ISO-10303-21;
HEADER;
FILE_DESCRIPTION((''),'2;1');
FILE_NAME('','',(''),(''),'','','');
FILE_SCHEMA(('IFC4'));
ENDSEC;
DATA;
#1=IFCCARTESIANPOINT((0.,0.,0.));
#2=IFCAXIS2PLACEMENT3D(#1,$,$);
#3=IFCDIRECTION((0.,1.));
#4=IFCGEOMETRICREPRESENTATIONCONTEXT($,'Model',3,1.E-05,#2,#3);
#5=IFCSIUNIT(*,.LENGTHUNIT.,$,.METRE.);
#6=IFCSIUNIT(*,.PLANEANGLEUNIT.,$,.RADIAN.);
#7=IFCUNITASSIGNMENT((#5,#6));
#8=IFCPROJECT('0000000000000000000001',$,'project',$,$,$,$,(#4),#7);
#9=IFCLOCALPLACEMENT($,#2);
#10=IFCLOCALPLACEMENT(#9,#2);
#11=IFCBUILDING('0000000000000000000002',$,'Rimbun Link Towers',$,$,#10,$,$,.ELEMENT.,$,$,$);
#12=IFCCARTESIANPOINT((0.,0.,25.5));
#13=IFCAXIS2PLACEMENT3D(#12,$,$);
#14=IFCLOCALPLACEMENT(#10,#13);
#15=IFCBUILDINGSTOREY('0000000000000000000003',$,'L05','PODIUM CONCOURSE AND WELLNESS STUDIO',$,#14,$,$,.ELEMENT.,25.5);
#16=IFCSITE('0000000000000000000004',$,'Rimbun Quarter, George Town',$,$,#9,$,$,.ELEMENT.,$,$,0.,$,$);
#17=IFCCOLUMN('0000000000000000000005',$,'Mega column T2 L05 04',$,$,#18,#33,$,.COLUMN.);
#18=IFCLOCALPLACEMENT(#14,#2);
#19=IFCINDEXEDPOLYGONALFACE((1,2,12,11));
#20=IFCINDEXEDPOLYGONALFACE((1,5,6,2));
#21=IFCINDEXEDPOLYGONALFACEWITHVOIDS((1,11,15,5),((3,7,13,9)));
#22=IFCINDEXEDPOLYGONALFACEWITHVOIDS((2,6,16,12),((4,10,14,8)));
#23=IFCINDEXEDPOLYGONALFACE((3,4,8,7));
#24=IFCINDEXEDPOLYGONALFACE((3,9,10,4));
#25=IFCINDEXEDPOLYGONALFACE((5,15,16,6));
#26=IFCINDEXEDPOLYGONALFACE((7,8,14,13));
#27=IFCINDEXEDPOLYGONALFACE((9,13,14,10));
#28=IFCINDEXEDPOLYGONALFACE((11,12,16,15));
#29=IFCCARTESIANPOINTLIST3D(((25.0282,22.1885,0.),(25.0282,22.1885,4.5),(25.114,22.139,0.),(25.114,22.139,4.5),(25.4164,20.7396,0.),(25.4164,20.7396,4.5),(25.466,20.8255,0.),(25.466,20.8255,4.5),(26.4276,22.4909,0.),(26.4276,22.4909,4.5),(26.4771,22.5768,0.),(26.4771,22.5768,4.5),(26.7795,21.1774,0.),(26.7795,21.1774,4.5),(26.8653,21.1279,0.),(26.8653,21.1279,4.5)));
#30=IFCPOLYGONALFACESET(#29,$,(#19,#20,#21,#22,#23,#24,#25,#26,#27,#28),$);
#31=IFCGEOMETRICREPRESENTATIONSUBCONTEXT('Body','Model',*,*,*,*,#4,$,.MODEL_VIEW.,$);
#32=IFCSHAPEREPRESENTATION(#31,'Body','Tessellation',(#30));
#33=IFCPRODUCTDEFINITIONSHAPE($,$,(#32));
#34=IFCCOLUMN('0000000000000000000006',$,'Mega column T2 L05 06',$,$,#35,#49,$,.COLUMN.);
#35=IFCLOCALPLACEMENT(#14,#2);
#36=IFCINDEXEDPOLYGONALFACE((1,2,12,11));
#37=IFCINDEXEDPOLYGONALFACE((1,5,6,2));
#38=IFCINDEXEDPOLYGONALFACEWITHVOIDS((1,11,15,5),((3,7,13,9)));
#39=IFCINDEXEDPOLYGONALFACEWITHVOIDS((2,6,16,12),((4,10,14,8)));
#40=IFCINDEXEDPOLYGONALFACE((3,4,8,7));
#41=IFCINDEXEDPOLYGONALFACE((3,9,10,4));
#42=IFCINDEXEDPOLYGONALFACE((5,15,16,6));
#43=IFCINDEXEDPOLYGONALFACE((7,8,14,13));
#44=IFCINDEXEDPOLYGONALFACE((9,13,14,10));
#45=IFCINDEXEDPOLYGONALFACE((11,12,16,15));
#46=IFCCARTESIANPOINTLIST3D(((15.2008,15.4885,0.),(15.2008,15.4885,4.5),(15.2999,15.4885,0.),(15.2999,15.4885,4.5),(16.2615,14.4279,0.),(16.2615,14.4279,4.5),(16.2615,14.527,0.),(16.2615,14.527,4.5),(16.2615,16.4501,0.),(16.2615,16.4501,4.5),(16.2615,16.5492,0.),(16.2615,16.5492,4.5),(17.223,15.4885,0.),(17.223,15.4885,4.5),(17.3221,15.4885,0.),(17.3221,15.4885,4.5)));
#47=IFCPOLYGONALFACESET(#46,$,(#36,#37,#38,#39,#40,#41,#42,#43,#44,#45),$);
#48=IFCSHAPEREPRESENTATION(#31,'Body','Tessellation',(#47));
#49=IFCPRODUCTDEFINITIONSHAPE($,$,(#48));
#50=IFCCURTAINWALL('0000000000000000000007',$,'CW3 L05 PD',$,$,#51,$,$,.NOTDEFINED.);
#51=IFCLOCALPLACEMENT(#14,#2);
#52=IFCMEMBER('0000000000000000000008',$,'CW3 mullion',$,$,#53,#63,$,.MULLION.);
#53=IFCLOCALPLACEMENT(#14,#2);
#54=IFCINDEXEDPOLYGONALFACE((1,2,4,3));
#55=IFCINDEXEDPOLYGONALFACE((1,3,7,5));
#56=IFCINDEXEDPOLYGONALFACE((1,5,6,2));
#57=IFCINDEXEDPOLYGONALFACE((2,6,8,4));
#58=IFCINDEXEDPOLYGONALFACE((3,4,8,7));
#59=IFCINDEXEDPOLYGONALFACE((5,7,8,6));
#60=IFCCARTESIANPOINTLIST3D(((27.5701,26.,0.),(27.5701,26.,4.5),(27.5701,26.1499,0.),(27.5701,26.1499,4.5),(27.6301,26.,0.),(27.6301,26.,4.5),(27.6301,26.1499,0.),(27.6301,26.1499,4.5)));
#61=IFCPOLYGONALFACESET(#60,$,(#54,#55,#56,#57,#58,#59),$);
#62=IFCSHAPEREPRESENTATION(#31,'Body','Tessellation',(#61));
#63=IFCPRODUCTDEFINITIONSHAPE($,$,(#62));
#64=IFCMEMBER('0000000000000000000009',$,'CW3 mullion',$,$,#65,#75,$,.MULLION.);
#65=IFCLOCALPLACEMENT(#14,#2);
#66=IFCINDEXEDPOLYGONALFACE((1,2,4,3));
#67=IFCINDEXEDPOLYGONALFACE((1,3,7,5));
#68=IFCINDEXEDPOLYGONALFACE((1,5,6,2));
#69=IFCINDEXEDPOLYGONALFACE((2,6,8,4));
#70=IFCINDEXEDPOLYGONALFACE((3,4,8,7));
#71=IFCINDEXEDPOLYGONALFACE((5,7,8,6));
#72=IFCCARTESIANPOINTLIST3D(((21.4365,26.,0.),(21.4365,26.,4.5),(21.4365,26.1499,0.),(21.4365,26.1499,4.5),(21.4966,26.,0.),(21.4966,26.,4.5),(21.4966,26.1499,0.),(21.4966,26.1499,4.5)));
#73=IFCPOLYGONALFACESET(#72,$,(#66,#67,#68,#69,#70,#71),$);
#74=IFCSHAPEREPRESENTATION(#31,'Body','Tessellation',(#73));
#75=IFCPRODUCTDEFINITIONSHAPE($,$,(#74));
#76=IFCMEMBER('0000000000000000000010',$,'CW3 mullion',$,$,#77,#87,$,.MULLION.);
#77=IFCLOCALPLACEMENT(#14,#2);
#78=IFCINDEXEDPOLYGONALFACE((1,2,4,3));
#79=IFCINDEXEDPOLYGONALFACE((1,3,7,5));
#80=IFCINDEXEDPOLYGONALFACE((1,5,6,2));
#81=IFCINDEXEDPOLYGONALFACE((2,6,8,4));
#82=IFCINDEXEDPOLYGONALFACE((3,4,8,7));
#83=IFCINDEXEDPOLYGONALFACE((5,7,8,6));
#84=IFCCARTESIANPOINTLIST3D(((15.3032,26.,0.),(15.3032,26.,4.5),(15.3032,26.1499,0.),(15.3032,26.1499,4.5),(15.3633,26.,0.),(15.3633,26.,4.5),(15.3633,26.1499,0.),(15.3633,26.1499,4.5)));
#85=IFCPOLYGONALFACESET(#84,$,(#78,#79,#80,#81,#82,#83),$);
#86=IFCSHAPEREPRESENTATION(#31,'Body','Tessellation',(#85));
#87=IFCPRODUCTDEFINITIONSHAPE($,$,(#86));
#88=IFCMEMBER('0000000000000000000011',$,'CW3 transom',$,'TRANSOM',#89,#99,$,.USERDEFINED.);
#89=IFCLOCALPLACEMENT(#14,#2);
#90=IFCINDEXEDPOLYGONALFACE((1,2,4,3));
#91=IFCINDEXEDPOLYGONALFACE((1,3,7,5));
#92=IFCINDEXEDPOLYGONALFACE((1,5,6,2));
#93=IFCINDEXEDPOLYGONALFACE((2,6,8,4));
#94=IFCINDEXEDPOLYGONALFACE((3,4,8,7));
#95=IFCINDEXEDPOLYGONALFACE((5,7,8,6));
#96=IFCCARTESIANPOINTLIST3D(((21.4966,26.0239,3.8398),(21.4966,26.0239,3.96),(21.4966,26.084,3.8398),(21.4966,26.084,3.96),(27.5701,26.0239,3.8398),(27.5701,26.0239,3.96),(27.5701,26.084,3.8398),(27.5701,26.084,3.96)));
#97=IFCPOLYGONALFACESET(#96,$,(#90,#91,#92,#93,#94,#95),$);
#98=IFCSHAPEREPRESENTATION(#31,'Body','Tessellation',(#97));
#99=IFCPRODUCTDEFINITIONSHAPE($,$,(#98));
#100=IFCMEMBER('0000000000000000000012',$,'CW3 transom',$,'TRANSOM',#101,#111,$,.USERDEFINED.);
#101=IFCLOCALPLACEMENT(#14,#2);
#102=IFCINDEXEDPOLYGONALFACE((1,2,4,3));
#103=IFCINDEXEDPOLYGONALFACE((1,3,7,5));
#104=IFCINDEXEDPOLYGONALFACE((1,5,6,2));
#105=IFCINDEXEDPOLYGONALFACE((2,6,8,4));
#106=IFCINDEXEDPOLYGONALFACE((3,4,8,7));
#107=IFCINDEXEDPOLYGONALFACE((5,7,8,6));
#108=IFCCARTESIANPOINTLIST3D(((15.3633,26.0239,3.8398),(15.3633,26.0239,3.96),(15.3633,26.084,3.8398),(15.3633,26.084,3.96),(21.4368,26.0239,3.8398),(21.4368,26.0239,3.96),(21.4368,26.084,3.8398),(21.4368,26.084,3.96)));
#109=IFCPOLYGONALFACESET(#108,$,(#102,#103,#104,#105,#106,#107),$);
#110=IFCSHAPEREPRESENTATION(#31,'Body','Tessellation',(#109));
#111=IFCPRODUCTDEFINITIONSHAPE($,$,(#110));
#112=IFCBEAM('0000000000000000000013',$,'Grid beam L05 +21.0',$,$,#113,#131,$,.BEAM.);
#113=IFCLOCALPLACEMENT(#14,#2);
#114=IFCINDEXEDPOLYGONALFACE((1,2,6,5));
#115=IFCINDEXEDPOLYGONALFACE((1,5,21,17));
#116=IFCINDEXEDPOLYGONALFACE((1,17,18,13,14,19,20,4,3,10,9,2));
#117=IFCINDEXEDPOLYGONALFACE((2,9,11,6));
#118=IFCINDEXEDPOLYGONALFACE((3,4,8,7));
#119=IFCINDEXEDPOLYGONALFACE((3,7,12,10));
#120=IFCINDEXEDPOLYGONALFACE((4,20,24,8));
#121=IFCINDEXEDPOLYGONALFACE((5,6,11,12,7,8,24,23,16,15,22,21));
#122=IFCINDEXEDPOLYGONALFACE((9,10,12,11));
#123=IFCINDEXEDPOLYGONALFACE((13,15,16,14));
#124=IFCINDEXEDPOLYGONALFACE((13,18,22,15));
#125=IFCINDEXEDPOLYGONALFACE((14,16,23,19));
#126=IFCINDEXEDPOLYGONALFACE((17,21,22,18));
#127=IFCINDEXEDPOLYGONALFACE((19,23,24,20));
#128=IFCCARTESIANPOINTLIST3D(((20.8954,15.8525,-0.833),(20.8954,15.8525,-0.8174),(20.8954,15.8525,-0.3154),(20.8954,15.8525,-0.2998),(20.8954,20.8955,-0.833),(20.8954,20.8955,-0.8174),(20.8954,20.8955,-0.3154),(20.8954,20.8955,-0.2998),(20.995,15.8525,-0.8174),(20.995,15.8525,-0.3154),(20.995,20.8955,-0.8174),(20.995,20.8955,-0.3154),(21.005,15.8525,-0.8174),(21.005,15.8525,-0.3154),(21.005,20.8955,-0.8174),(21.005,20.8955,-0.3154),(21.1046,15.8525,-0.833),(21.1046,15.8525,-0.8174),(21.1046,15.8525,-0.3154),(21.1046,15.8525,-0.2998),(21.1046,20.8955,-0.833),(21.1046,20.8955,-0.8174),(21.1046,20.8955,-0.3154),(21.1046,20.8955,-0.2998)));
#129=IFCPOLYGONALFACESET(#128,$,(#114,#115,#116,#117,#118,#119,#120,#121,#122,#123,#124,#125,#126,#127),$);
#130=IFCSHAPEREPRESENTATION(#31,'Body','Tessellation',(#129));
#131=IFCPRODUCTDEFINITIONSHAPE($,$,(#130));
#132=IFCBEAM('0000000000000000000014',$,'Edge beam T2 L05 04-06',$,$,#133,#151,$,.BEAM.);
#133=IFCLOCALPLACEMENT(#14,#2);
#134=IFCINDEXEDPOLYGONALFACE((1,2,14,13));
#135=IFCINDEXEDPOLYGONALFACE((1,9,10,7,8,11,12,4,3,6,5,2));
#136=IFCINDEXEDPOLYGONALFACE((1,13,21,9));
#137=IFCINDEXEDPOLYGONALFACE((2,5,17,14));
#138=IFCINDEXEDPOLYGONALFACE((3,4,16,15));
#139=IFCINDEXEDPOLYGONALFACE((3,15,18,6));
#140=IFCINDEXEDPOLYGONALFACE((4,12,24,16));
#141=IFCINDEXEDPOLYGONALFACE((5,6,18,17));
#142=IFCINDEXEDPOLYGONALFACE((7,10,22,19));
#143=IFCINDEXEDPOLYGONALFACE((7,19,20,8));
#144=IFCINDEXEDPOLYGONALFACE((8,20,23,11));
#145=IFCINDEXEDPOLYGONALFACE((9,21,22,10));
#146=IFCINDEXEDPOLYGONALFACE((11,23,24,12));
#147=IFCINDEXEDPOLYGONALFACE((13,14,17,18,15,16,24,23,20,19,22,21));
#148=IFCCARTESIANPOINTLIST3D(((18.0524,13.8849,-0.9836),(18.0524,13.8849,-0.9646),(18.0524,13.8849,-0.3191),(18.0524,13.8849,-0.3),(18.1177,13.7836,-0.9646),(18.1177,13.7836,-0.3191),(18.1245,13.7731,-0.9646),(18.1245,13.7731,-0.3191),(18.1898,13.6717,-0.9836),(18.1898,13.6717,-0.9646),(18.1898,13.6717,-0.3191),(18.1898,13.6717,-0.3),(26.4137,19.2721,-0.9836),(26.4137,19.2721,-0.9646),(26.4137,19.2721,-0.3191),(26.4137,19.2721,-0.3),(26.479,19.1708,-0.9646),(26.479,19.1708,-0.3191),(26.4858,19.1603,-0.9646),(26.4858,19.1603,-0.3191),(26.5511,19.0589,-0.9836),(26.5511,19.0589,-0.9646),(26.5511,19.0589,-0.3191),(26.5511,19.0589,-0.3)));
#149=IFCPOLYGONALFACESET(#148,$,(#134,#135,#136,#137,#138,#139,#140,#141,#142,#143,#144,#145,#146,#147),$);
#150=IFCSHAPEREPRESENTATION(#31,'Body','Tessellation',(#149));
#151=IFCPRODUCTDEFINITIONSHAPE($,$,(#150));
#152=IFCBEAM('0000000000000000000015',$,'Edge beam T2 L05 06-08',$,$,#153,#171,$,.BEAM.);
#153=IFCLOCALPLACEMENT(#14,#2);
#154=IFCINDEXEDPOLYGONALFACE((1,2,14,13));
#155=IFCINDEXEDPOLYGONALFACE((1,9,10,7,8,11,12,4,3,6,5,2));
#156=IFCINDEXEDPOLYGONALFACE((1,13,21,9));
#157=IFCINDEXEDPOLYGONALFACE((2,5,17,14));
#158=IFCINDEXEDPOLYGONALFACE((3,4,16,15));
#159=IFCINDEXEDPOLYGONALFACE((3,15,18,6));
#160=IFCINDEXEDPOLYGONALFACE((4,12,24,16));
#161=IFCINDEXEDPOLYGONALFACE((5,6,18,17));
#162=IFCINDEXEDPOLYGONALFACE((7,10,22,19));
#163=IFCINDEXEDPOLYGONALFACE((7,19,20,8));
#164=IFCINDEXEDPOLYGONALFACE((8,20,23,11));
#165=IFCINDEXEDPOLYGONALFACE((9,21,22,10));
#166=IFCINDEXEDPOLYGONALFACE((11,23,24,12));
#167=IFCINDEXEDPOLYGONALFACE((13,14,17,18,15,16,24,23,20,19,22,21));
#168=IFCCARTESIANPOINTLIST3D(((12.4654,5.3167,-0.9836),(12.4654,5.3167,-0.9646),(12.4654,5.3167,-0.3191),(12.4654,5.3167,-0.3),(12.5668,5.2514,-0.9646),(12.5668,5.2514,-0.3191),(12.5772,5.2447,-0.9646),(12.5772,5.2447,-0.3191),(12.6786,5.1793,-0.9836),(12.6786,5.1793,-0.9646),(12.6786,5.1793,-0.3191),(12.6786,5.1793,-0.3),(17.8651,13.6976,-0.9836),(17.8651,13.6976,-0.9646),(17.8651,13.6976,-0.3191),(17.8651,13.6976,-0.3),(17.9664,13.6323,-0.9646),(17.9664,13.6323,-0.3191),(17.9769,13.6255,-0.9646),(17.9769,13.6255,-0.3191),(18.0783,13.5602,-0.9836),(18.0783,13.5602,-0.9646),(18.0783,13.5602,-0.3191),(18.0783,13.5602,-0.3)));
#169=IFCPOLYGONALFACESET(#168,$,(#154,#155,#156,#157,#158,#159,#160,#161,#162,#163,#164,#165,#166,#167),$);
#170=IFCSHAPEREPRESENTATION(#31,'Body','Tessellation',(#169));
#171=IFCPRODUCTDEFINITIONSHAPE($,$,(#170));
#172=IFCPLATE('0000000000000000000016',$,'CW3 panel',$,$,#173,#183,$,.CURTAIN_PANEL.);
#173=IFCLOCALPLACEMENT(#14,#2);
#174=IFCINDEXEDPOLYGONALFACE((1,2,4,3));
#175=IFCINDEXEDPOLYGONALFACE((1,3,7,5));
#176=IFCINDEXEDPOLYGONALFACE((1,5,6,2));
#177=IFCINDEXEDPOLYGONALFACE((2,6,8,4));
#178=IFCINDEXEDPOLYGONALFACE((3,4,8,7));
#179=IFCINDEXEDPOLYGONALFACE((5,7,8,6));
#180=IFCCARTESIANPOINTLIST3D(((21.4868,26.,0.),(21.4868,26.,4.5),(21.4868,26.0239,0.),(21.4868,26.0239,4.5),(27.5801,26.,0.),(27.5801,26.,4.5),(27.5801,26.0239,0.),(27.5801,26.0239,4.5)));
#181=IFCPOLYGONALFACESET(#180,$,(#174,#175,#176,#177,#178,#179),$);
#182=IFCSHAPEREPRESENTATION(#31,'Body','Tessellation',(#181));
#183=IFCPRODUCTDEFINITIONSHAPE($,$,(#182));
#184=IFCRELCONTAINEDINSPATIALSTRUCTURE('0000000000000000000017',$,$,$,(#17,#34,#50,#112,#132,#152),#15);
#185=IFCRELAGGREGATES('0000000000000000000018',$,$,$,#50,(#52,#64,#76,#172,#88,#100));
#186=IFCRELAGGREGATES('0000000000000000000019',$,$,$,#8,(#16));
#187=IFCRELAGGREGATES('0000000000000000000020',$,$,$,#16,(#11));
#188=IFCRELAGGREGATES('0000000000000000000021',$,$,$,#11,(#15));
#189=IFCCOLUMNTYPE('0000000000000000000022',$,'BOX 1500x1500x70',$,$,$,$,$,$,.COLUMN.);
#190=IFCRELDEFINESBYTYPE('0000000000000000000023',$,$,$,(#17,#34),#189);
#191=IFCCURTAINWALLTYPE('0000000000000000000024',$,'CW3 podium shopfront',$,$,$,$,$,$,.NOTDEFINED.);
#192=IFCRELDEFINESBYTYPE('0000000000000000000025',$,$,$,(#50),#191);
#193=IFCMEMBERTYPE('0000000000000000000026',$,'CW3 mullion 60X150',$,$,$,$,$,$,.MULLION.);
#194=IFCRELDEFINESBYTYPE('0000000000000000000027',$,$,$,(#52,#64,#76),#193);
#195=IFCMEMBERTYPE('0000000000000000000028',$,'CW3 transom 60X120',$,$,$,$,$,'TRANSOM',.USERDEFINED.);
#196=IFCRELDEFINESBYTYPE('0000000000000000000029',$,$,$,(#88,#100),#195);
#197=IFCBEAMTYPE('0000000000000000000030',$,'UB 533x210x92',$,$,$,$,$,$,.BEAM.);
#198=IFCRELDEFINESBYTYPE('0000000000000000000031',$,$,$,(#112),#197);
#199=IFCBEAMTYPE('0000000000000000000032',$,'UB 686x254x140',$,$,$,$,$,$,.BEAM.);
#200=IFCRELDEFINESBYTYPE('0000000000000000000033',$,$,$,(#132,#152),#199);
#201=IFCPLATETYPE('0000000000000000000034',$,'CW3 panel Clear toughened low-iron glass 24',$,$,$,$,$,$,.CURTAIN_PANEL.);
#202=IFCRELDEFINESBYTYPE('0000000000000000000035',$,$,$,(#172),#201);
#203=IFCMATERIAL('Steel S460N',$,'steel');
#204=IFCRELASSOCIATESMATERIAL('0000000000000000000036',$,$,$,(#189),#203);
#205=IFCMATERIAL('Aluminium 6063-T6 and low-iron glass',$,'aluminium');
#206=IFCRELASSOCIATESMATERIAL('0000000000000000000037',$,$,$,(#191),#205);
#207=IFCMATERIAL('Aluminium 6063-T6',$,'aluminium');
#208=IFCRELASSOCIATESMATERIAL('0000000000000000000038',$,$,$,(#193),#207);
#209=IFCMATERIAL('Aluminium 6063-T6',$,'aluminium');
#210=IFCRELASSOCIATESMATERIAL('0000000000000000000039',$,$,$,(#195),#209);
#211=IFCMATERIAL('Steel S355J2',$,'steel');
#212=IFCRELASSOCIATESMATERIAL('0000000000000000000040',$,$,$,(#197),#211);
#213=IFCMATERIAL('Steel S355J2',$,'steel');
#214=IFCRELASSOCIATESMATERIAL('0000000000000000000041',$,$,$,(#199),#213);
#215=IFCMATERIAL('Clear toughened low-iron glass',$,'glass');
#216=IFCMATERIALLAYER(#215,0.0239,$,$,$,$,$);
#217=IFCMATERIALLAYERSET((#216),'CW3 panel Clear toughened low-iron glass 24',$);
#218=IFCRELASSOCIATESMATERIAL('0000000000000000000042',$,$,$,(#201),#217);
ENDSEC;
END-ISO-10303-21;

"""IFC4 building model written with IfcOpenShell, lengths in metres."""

from ifc_helpers import new_model, si_unit, direction, frame, origin, origin_2d, place, context, subcontext, project, spatial, rectangle, hollow_rectangle, i_section, extrude, material, layer, layer_set, material_profile, profile_set, type_object, element, aggregate, save


model = new_model("IFC4")

# Units and contexts
model_context = context("Model", 3, precision=1e-05, world=origin(), true_north=direction((0.0, 1.0)))
body_context = subcontext(model_context, "Body", "Model", "MODEL_VIEW")
ifc_project = project(units=[si_unit("LENGTHUNIT", "METRE"), si_unit("PLANEANGLEUNIT", "RADIAN")], contexts=[model_context])

# Site, building, storey
site_placement = place(None, origin())
site = spatial("IfcSite", under=ifc_project, at=site_placement, Name="Rimbun Quarter, George Town", CompositionType="ELEMENT", RefElevation=0.0)
building_placement = place(site_placement, origin())
building = spatial("IfcBuilding", under=site, at=building_placement, Name="Rimbun Link Towers", CompositionType="ELEMENT")
storey_placement = place(building_placement, frame((0.0, 0.0, 25.5)))
storey = spatial("IfcBuildingStorey", under=building, at=storey_placement, Name="L05", Description="PODIUM CONCOURSE AND WELLNESS STUDIO", CompositionType="ELEMENT", Elevation=25.5)

# Columns
ifc_material_1 = material(Name="Steel S460N", Category="steel")
ifc_material_profile_1 = material_profile(ifc_material_1, hollow_rectangle(XDim=1.5, YDim=1.5, WallThickness=0.0701, at=origin_2d()), Name="BOX 1500x1500x70")
ifc_profile_set_1 = profile_set([ifc_material_profile_1], Name="Steel S460N")
column_type = type_object("IfcColumnType", Name="BOX 1500x1500x70", PredefinedType="COLUMN", material=ifc_profile_set_1)
for number, where, z_axis, x_axis, name in (
    (1, (25.9468, 21.6582, 0.0), (0.0, 0.0, 1.0), (-0.258819, 0.965926, 0.0), "Mega column T2 L05 04"),
    (2, (16.2615, 15.4885, 0.0), (0.0, 0.0, 1.0), (-0.707107, 0.707107, 0.0), "Mega column T2 L05 06"),
):
    element("IfcColumn", number, at=place(storey_placement, frame(where, z_axis=z_axis, x_axis=x_axis)), inside=storey, type_object=column_type, Name=name, PredefinedType="COLUMN", context=body_context, shape_type="SweptSolid", body=[
        extrude(hollow_rectangle(XDim=1.5, YDim=1.5, WallThickness=0.0701, at=origin_2d()), origin(), (0.0, 0.0, 1.0), 4.5),
    ])

# Curtain wall, members
ifc_material_2 = material(Name="Aluminium 6063-T6 and low-iron glass", Category="aluminium")
curtain_wall_type = type_object("IfcCurtainWallType", Name="CW3 podium shopfront", PredefinedType="NOTDEFINED", material=ifc_material_2)
curtain_wall_placement = place(storey_placement, origin())
curtain_wall = element("IfcCurtainWall", 3, at=curtain_wall_placement, inside=storey, type_object=curtain_wall_type, Name="CW3 L05 PD", PredefinedType="NOTDEFINED")
ifc_material_3 = material(Name="Aluminium 6063-T6", Category="aluminium")
ifc_material_profile_2 = material_profile(ifc_material_3, rectangle(XDim=0.1499, YDim=0.0601, at=origin_2d()), Name="MULLION 60X150")
ifc_profile_set_2 = profile_set([ifc_material_profile_2], Name="Aluminium 6063-T6")
member_type_1 = type_object("IfcMemberType", Name="CW3 mullion 60X150", PredefinedType="MULLION", material=ifc_profile_set_2)
member_1_placement = place(storey_placement, frame((27.6001, 26.075, 0.0), z_axis=(0.0, 0.0, 1.0), x_axis=(0.0, 1.0, 0.0)))
member_1 = element("IfcMember", 4, at=member_1_placement, type_object=member_type_1, Name="CW3 mullion", PredefinedType="MULLION", context=body_context, shape_type="SweptSolid", body=[
    extrude(rectangle(XDim=0.1499, YDim=0.0601, at=origin_2d()), origin(), (0.0, 0.0, 1.0), 4.5),
])
member_2_placement = place(storey_placement, frame((21.4666, 26.075, 0.0), z_axis=(0.0, 0.0, 1.0), x_axis=(0.0, 1.0, 0.0)))
member_2 = element("IfcMember", 5, at=member_2_placement, type_object=member_type_1, Name="CW3 mullion", PredefinedType="MULLION", context=body_context, shape_type="SweptSolid", body=[
    extrude(rectangle(XDim=0.1499, YDim=0.0601, at=origin_2d()), origin(), (0.0, 0.0, 1.0), 4.5),
])
member_3_placement = place(storey_placement, frame((15.3333, 26.075, 0.0), z_axis=(0.0, 0.0, 1.0), x_axis=(0.0, 1.0, 0.0)))
member_3 = element("IfcMember", 6, at=member_3_placement, type_object=member_type_1, Name="CW3 mullion", PredefinedType="MULLION", context=body_context, shape_type="SweptSolid", body=[
    extrude(rectangle(XDim=0.1499, YDim=0.0601, at=origin_2d()), origin(), (0.0, 0.0, 1.0), 4.5),
])
ifc_material_4 = material(Name="Aluminium 6063-T6", Category="aluminium")
ifc_material_profile_3 = material_profile(ifc_material_4, rectangle(XDim=0.0601, YDim=0.1201, at=origin_2d()), Name="TRANSOM 60X120")
ifc_profile_set_3 = profile_set([ifc_material_profile_3], Name="Aluminium 6063-T6")
member_type_2 = type_object("IfcMemberType", Name="CW3 transom 60X120", ElementType="TRANSOM", PredefinedType="USERDEFINED", material=ifc_profile_set_3)
member_4_placement = place(storey_placement, frame((21.4966, 26.054, 3.8999), z_axis=(1.0, 0.0, 0.0), x_axis=(0.0, 1.0, 0.0)))
member_4 = element("IfcMember", 7, at=member_4_placement, type_object=member_type_2, Name="CW3 transom", ObjectType="TRANSOM", PredefinedType="USERDEFINED", context=body_context, shape_type="SweptSolid", body=[
    extrude(rectangle(XDim=0.0601, YDim=0.1201, at=origin_2d()), origin(), (0.0, 0.0, 1.0), 6.0735),
])
member_5_placement = place(storey_placement, frame((15.3633, 26.054, 3.8999), z_axis=(1.0, 0.0, 0.0), x_axis=(0.0, 1.0, 0.0)))
member_5 = element("IfcMember", 8, at=member_5_placement, type_object=member_type_2, Name="CW3 transom", ObjectType="TRANSOM", PredefinedType="USERDEFINED", context=body_context, shape_type="SweptSolid", body=[
    extrude(rectangle(XDim=0.0601, YDim=0.1201, at=origin_2d()), origin(), (0.0, 0.0, 1.0), 6.0735),
])

# Beams
ifc_material_5 = material(Name="Steel S355J2", Category="steel")
ifc_material_profile_4 = material_profile(ifc_material_5, i_section(OverallWidth=0.2092, OverallDepth=0.5332, WebThickness=0.01, FlangeThickness=0.0156, at=origin_2d()), Name="UB 533x210x92")
ifc_profile_set_4 = profile_set([ifc_material_profile_4], Name="Steel S355J2")
beam_type_1 = type_object("IfcBeamType", Name="UB 533x210x92", PredefinedType="BEAM", material=ifc_profile_set_4)
beam_1_placement = place(storey_placement, frame((21.0, 15.8525, -0.5664), z_axis=(0.0, 1.0, 0.0), x_axis=(-1.0, 0.0, 0.0)))
element("IfcBeam", 9, at=beam_1_placement, inside=storey, type_object=beam_type_1, Name="Grid beam L05 +21.0", PredefinedType="BEAM", context=body_context, shape_type="SweptSolid", body=[
    extrude(i_section(OverallWidth=0.2092, OverallDepth=0.5332, WebThickness=0.01, FlangeThickness=0.0156, at=origin_2d()), origin(), (0.0, 0.0, 1.0), 5.043),
])
ifc_material_6 = material(Name="Steel S355J2", Category="steel")
ifc_material_profile_5 = material_profile(ifc_material_6, i_section(OverallWidth=0.2537, OverallDepth=0.6836, WebThickness=0.0125, FlangeThickness=0.019, at=origin_2d()), Name="UB 686x254x140")
ifc_profile_set_5 = profile_set([ifc_material_profile_5], Name="Steel S355J2")
beam_type_2 = type_object("IfcBeamType", Name="UB 686x254x140", PredefinedType="BEAM", material=ifc_profile_set_5)
beam_2_placement = place(storey_placement, frame((26.4824, 19.1655, -0.6418), z_axis=(-0.840626, -0.541616, 0.0), x_axis=(0.541616, -0.840626, 0.0)))
element("IfcBeam", 10, at=beam_2_placement, inside=storey, type_object=beam_type_2, Name="Edge beam T2 L05 04-06", PredefinedType="BEAM", context=body_context, shape_type="SweptSolid", body=[
    extrude(i_section(OverallWidth=0.2537, OverallDepth=0.6836, WebThickness=0.0125, FlangeThickness=0.019, at=origin_2d()), origin(), (0.0, 0.0, 1.0), 9.9465),
])
beam_3_placement = place(storey_placement, frame((17.9717, 13.6289, -0.6418), z_axis=(-0.541606, -0.840632, 0.0), x_axis=(0.840632, -0.541606, 0.0)))
element("IfcBeam", 11, at=beam_3_placement, inside=storey, type_object=beam_type_2, Name="Edge beam T2 L05 06-08", PredefinedType="BEAM", context=body_context, shape_type="SweptSolid", body=[
    extrude(i_section(OverallWidth=0.2537, OverallDepth=0.6836, WebThickness=0.0125, FlangeThickness=0.019, at=origin_2d()), origin(), (0.0, 0.0, 1.0), 9.9697),
])

# Plate
ifc_material_7 = material(Name="Clear toughened low-iron glass", Category="glass")
ifc_layer_1 = layer(ifc_material_7, 0.0239)
ifc_layer_set_1 = layer_set([ifc_layer_1], Name="CW3 panel Clear toughened low-iron glass 24")
plate_type = type_object("IfcPlateType", Name="CW3 panel Clear toughened low-iron glass 24", PredefinedType="CURTAIN_PANEL", material=ifc_layer_set_1)
plate_1_placement = place(storey_placement, frame((24.5334, 26.012, 0.0), z_axis=(0.0, 0.0, 1.0), x_axis=(1.0, 0.0, 0.0)))
plate_1 = element("IfcPlate", 12, at=plate_1_placement, type_object=plate_type, Name="CW3 panel", PredefinedType="CURTAIN_PANEL", context=body_context, shape_type="SweptSolid", body=[
    extrude(rectangle(XDim=6.0933, YDim=0.0239, at=origin_2d()), origin(), (0.0, 0.0, 1.0), 4.5),
])
aggregate(curtain_wall, [member_1, member_2, member_3, plate_1, member_4, member_5])

save(model, "model.ifc")
